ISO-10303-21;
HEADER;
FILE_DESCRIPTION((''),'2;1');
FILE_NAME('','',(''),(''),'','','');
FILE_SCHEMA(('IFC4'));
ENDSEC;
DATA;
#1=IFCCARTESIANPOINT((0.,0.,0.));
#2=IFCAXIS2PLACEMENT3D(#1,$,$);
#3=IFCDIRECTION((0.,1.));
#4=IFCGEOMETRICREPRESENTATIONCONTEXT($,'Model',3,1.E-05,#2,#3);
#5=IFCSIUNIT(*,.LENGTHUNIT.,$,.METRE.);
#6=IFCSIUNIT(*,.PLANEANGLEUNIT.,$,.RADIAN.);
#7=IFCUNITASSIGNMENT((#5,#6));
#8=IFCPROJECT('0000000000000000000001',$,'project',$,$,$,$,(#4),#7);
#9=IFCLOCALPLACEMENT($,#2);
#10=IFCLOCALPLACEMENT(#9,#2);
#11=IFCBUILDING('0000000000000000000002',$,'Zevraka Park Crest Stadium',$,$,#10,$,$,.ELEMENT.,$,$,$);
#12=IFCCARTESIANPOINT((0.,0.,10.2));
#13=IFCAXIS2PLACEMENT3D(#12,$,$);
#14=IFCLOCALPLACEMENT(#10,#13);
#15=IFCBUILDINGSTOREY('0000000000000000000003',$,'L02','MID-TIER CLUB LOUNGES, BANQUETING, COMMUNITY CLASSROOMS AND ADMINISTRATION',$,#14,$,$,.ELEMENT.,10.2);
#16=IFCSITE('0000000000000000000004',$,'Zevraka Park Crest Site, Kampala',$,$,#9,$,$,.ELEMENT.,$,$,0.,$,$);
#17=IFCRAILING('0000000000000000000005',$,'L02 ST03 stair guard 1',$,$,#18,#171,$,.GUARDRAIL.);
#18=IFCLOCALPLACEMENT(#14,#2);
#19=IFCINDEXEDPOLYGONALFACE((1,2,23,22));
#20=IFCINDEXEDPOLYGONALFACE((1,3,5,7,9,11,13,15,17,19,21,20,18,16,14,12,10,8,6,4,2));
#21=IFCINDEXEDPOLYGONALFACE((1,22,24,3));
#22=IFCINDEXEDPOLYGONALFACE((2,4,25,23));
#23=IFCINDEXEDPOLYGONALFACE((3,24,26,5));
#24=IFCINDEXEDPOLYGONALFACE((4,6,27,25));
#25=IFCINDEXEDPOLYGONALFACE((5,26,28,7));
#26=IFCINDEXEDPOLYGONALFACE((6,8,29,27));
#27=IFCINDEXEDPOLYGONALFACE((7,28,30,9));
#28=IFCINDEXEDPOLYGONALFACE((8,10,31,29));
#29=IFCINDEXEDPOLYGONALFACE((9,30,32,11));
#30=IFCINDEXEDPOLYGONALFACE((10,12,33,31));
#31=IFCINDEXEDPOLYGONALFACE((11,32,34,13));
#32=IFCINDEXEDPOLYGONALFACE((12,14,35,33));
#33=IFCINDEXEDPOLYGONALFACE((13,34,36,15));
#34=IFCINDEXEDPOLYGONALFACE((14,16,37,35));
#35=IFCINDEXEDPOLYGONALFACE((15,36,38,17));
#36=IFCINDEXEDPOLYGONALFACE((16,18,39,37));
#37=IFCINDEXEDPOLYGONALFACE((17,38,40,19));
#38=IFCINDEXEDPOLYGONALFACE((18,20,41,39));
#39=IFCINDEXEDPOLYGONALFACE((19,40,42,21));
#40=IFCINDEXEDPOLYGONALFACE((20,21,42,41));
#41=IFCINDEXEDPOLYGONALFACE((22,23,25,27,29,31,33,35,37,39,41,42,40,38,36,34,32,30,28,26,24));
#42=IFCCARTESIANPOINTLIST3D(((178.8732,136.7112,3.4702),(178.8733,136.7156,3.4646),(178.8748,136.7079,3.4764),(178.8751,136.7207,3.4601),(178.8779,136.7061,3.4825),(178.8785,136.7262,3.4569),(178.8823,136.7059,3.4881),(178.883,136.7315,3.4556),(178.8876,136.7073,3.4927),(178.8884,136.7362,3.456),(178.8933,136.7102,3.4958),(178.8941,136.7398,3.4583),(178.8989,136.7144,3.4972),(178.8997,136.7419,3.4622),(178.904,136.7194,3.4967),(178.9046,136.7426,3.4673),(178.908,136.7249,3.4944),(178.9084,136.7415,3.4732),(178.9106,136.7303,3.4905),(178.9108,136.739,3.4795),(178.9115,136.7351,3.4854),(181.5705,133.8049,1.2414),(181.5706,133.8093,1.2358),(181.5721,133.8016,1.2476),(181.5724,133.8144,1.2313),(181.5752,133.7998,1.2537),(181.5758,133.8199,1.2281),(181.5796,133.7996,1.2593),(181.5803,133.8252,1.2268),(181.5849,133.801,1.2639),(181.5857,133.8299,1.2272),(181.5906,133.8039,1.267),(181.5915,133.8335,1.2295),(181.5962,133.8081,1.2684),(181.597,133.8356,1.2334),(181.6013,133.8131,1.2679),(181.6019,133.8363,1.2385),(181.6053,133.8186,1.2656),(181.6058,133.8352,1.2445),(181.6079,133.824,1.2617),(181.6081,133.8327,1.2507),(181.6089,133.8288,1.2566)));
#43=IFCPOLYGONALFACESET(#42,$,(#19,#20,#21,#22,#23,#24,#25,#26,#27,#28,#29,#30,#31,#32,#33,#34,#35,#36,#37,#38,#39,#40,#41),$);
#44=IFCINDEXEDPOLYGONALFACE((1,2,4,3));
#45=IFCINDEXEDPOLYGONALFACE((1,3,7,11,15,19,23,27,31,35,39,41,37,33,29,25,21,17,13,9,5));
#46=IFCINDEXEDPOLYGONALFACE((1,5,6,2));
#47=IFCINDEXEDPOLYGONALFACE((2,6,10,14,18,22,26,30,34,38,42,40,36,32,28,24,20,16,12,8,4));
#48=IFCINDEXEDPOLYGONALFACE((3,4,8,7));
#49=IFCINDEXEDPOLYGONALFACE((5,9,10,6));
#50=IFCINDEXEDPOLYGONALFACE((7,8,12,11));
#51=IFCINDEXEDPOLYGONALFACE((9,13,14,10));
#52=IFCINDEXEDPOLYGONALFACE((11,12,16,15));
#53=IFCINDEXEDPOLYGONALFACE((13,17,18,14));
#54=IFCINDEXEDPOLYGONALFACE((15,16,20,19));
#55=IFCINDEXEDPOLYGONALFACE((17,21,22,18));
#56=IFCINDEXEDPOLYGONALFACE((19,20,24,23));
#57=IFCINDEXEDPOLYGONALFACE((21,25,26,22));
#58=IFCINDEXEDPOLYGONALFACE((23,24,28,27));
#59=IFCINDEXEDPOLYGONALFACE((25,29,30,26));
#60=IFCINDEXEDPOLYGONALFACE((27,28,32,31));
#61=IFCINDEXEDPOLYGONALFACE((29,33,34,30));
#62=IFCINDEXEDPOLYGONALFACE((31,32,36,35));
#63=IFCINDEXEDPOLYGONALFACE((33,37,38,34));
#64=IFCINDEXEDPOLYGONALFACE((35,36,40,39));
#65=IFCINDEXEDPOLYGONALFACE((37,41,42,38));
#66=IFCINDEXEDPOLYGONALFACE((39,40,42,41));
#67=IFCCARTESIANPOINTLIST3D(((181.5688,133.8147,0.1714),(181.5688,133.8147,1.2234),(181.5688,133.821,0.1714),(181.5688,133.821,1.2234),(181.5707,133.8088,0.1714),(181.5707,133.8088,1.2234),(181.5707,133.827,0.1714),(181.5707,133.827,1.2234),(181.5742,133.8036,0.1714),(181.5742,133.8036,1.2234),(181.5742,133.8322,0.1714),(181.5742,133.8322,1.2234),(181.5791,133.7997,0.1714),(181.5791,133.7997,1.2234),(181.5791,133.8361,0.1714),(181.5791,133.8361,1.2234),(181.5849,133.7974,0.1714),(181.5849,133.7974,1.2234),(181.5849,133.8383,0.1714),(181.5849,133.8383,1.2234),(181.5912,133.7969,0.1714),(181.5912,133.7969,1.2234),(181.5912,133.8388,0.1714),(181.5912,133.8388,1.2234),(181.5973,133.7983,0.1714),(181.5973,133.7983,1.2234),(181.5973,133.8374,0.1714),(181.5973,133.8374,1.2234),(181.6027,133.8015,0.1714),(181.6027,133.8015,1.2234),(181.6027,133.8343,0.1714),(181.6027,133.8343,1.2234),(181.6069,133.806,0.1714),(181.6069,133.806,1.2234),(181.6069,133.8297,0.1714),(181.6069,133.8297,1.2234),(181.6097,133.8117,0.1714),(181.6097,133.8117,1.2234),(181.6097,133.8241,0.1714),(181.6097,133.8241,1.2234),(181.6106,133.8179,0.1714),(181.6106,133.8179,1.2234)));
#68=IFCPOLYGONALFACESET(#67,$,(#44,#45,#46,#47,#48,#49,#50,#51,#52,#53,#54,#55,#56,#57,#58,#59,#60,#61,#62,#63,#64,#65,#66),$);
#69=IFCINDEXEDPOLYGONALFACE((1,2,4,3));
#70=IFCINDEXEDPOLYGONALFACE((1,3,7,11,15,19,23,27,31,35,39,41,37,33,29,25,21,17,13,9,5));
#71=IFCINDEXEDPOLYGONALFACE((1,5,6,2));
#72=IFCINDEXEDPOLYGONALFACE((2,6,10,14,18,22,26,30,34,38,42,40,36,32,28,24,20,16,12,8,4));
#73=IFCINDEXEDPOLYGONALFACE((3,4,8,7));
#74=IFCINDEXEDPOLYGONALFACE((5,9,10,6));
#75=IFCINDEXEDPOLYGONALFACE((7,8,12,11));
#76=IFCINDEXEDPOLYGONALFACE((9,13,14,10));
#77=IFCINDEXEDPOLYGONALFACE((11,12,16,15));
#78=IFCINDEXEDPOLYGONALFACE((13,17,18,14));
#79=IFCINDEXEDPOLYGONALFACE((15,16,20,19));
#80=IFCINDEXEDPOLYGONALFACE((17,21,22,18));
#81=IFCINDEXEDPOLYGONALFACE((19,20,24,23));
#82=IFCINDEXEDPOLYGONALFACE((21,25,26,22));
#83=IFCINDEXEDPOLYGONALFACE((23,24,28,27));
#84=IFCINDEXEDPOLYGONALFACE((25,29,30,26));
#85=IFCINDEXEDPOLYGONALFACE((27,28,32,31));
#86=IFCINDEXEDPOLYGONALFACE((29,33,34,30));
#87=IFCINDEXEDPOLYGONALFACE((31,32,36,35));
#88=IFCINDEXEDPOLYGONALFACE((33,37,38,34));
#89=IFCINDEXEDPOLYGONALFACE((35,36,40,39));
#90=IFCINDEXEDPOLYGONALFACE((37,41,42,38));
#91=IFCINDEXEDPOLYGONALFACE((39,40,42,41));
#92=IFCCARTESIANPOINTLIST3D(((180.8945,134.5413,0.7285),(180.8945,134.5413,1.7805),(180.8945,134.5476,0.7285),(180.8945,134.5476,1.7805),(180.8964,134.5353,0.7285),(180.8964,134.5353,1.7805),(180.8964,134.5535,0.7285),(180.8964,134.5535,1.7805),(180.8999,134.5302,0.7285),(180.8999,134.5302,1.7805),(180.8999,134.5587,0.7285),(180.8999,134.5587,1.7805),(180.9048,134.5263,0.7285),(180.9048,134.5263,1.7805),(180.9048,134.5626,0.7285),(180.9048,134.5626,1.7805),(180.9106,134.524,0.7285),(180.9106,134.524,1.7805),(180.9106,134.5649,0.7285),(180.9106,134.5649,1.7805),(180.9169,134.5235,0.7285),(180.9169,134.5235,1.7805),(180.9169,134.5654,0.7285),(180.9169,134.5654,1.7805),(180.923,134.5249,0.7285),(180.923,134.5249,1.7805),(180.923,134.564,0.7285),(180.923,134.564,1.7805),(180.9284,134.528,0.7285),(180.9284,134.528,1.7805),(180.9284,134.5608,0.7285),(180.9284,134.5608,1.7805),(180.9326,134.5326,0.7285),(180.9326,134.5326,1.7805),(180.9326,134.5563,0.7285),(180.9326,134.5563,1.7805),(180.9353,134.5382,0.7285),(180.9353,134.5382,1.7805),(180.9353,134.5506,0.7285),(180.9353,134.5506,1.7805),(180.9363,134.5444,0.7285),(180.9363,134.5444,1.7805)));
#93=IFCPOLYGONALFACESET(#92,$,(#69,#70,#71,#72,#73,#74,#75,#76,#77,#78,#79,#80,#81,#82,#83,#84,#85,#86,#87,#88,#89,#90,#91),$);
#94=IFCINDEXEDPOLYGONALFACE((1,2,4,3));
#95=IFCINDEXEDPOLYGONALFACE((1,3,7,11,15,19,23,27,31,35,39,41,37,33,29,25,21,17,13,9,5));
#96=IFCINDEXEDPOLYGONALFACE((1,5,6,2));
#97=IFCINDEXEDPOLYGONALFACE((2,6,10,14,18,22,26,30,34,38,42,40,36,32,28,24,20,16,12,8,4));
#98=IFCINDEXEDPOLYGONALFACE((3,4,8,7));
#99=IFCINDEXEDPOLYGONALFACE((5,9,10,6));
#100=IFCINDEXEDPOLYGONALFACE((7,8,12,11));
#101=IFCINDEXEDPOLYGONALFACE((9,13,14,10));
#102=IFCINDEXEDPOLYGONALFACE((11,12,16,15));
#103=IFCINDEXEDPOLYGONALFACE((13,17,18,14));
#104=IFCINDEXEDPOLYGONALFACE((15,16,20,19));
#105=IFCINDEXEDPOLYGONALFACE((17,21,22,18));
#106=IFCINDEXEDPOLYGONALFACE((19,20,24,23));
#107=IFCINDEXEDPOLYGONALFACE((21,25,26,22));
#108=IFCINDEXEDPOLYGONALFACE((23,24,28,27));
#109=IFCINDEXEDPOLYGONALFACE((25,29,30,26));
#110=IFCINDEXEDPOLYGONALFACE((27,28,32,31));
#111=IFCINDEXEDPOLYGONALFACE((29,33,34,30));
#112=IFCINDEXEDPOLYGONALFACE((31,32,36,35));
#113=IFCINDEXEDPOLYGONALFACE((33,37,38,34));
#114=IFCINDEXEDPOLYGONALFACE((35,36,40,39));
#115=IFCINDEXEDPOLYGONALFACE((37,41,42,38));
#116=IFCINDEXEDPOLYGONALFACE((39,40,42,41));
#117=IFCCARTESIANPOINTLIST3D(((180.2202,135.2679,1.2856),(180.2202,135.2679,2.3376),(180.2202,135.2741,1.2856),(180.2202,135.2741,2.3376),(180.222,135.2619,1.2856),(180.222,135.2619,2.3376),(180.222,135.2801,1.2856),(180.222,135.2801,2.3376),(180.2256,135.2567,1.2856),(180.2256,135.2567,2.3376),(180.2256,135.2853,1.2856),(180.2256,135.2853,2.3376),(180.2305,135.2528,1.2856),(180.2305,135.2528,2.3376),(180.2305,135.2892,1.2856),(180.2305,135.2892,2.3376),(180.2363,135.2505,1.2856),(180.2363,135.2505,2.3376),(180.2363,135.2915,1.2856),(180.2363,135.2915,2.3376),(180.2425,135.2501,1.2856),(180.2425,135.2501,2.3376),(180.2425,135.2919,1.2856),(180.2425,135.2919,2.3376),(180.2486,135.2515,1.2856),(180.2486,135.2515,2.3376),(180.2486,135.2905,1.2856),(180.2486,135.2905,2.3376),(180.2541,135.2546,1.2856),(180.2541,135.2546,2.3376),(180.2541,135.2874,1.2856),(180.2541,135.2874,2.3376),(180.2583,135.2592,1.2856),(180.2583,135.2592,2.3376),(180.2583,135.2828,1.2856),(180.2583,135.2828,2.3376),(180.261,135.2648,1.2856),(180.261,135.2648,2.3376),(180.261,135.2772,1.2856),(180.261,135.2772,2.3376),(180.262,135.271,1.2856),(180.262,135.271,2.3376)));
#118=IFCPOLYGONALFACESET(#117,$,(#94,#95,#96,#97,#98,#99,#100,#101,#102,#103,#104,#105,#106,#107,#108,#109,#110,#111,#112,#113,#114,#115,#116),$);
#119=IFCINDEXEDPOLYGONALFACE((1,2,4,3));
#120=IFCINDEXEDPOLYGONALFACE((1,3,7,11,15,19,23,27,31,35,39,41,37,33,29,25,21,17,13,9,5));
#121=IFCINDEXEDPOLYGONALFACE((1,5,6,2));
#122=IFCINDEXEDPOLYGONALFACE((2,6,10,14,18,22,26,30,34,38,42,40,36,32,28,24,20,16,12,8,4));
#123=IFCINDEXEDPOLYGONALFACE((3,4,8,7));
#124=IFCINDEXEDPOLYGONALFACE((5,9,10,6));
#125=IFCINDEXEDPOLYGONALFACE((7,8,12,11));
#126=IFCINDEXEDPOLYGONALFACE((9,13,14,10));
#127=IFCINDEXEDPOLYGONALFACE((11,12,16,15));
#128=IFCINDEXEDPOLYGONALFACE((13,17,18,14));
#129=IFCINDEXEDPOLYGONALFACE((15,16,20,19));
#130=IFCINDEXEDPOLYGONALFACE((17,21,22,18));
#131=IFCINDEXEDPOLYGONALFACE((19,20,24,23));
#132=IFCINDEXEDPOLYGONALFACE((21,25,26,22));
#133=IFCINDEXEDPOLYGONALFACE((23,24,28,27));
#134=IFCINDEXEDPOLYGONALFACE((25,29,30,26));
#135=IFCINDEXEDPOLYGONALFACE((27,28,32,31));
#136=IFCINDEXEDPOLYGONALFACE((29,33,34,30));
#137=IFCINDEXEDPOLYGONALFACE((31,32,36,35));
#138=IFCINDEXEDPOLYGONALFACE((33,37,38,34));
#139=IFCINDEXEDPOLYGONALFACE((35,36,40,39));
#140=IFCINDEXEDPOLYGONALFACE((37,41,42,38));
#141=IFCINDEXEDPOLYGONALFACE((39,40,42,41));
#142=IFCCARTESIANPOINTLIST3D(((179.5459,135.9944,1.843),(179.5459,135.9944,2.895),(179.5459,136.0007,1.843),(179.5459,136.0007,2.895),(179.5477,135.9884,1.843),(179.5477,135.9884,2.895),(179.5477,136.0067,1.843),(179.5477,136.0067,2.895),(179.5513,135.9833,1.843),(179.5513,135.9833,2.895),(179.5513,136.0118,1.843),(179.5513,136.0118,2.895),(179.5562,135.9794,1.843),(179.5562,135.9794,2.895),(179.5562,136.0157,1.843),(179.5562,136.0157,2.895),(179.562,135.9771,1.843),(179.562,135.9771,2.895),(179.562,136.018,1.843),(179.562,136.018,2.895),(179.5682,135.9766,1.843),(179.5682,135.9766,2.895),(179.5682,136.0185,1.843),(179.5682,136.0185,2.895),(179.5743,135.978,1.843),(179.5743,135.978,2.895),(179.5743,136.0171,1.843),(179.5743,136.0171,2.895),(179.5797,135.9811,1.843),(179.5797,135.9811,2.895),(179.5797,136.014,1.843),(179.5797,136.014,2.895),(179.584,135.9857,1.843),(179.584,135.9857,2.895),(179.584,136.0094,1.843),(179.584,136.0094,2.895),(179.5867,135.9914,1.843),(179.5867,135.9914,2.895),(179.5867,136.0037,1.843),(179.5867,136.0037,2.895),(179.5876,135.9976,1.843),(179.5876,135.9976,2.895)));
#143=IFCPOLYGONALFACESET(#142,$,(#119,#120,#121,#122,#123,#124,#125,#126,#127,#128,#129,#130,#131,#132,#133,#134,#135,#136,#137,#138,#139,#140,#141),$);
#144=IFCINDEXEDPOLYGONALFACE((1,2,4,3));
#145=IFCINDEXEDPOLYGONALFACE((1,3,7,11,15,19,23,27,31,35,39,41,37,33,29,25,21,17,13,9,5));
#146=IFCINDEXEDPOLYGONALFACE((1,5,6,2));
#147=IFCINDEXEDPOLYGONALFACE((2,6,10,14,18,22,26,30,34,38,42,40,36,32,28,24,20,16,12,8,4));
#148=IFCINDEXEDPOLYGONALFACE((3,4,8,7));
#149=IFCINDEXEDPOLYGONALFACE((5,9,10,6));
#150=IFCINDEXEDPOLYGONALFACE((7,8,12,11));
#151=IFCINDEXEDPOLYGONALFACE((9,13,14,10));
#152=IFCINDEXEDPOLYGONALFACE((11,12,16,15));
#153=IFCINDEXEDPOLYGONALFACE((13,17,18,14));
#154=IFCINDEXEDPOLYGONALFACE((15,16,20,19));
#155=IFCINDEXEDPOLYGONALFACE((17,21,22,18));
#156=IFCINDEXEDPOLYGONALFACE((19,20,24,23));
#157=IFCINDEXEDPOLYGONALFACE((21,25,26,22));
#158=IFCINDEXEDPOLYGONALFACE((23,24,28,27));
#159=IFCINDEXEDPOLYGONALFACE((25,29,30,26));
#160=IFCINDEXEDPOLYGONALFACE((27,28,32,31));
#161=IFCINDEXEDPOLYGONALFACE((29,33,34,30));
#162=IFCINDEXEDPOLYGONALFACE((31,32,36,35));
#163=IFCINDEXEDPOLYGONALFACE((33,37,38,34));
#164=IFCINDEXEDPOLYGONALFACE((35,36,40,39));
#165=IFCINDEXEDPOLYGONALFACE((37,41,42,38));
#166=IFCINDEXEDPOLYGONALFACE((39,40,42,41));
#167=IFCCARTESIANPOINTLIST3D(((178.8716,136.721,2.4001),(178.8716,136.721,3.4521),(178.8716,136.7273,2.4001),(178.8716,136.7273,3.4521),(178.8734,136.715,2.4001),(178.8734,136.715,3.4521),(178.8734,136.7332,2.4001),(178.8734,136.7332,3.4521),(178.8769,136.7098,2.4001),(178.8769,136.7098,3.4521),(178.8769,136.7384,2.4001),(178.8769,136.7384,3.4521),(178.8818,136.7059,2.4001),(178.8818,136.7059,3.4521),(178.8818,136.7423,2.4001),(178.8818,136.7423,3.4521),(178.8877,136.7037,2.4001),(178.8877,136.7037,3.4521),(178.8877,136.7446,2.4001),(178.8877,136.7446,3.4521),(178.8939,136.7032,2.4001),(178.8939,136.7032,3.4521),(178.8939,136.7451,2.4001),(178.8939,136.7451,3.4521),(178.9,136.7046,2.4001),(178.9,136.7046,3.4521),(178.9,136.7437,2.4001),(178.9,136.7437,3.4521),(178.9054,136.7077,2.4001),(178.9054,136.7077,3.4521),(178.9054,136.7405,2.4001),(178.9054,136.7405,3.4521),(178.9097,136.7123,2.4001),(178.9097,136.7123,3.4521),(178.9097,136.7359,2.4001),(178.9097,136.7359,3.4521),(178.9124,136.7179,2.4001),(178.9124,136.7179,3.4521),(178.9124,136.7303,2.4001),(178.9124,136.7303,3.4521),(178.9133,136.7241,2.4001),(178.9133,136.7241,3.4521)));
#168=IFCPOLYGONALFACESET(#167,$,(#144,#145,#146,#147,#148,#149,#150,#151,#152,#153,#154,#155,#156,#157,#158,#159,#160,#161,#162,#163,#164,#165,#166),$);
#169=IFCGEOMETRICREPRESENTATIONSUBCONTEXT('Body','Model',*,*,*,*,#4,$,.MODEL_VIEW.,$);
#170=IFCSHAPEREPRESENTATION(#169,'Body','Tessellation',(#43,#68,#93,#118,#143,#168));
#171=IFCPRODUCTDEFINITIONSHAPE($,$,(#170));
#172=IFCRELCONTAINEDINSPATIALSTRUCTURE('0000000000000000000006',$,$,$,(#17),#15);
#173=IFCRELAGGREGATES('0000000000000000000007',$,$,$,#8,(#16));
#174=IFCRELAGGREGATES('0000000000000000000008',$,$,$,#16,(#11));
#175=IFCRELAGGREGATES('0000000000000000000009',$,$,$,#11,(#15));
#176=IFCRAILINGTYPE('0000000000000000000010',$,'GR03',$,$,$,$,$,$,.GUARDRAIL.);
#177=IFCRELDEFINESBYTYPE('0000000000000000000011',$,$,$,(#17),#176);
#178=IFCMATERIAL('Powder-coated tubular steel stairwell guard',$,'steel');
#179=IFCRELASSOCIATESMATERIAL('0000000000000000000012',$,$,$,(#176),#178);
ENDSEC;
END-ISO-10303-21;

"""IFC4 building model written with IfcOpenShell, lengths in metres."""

from ifc_helpers import new_model, si_unit, direction, frame, origin, origin_2d, place, context, subcontext, project, spatial, circle, extrude, material, type_object, element, save


model = new_model("IFC4")

# Units and contexts
model_context = context("Model", 3, precision=1e-05, world=origin(), true_north=direction((0.0, 1.0)))
body_context = subcontext(model_context, "Body", "Model", "MODEL_VIEW")
ifc_project = project(units=[si_unit("LENGTHUNIT", "METRE"), si_unit("PLANEANGLEUNIT", "RADIAN")], contexts=[model_context])

# Site, building, storey
site_placement = place(None, origin())
site = spatial("IfcSite", under=ifc_project, at=site_placement, Name="Zevraka Park Crest Site, Kampala", CompositionType="ELEMENT", RefElevation=0.0)
building_placement = place(site_placement, origin())
building = spatial("IfcBuilding", under=site, at=building_placement, Name="Zevraka Park Crest Stadium", CompositionType="ELEMENT")
storey_placement = place(building_placement, frame((0.0, 0.0, 10.2)))
storey = spatial("IfcBuildingStorey", under=building, at=storey_placement, Name="L02", Description="MID-TIER CLUB LOUNGES, BANQUETING, COMMUNITY CLASSROOMS AND ADMINISTRATION", CompositionType="ELEMENT", Elevation=10.2)

# Railing
ifc_material_1 = material(Name="Powder-coated tubular steel stairwell guard", Category="steel")
railing_type = type_object("IfcRailingType", Name="GR03", PredefinedType="GUARDRAIL", material=ifc_material_1)
railing_1_placement = place(storey_placement, frame((181.5896, 133.8179, 0.1714)))
element("IfcRailing", 1, at=railing_1_placement, inside=storey, type_object=railing_type, Name="L02 ST03 stair guard 1", PredefinedType="GUARDRAIL", context=body_context, shape_type="SweptSolid", body=[
    extrude(circle(Radius=0.0239, at=origin_2d()), frame((0.0, 0.0, 1.0762), z_axis=(-0.593, 0.638946, 0.489998), x_axis=(-0.732969, -0.680262, 0.0)), (0.0, 0.0, 1.0), 4.5486),
    extrude(circle(Radius=0.021, at=origin_2d()), origin(), (0.0, 0.0, 1.0), 1.052),
    extrude(circle(Radius=0.021, at=origin_2d()), frame((-0.6743, 0.7266, 0.5571)), (0.0, 0.0, 1.0), 1.052),
    extrude(circle(Radius=0.021, at=origin_2d()), frame((-1.3486, 1.4531, 1.1143)), (0.0, 0.0, 1.0), 1.052),
    extrude(circle(Radius=0.021, at=origin_2d()), frame((-2.0229, 2.1797, 1.6716)), (0.0, 0.0, 1.0), 1.052),
    extrude(circle(Radius=0.021, at=origin_2d()), frame((-2.6973, 2.9062, 2.2288)), (0.0, 0.0, 1.0), 1.052),
])

save(model, "model.ifc")
